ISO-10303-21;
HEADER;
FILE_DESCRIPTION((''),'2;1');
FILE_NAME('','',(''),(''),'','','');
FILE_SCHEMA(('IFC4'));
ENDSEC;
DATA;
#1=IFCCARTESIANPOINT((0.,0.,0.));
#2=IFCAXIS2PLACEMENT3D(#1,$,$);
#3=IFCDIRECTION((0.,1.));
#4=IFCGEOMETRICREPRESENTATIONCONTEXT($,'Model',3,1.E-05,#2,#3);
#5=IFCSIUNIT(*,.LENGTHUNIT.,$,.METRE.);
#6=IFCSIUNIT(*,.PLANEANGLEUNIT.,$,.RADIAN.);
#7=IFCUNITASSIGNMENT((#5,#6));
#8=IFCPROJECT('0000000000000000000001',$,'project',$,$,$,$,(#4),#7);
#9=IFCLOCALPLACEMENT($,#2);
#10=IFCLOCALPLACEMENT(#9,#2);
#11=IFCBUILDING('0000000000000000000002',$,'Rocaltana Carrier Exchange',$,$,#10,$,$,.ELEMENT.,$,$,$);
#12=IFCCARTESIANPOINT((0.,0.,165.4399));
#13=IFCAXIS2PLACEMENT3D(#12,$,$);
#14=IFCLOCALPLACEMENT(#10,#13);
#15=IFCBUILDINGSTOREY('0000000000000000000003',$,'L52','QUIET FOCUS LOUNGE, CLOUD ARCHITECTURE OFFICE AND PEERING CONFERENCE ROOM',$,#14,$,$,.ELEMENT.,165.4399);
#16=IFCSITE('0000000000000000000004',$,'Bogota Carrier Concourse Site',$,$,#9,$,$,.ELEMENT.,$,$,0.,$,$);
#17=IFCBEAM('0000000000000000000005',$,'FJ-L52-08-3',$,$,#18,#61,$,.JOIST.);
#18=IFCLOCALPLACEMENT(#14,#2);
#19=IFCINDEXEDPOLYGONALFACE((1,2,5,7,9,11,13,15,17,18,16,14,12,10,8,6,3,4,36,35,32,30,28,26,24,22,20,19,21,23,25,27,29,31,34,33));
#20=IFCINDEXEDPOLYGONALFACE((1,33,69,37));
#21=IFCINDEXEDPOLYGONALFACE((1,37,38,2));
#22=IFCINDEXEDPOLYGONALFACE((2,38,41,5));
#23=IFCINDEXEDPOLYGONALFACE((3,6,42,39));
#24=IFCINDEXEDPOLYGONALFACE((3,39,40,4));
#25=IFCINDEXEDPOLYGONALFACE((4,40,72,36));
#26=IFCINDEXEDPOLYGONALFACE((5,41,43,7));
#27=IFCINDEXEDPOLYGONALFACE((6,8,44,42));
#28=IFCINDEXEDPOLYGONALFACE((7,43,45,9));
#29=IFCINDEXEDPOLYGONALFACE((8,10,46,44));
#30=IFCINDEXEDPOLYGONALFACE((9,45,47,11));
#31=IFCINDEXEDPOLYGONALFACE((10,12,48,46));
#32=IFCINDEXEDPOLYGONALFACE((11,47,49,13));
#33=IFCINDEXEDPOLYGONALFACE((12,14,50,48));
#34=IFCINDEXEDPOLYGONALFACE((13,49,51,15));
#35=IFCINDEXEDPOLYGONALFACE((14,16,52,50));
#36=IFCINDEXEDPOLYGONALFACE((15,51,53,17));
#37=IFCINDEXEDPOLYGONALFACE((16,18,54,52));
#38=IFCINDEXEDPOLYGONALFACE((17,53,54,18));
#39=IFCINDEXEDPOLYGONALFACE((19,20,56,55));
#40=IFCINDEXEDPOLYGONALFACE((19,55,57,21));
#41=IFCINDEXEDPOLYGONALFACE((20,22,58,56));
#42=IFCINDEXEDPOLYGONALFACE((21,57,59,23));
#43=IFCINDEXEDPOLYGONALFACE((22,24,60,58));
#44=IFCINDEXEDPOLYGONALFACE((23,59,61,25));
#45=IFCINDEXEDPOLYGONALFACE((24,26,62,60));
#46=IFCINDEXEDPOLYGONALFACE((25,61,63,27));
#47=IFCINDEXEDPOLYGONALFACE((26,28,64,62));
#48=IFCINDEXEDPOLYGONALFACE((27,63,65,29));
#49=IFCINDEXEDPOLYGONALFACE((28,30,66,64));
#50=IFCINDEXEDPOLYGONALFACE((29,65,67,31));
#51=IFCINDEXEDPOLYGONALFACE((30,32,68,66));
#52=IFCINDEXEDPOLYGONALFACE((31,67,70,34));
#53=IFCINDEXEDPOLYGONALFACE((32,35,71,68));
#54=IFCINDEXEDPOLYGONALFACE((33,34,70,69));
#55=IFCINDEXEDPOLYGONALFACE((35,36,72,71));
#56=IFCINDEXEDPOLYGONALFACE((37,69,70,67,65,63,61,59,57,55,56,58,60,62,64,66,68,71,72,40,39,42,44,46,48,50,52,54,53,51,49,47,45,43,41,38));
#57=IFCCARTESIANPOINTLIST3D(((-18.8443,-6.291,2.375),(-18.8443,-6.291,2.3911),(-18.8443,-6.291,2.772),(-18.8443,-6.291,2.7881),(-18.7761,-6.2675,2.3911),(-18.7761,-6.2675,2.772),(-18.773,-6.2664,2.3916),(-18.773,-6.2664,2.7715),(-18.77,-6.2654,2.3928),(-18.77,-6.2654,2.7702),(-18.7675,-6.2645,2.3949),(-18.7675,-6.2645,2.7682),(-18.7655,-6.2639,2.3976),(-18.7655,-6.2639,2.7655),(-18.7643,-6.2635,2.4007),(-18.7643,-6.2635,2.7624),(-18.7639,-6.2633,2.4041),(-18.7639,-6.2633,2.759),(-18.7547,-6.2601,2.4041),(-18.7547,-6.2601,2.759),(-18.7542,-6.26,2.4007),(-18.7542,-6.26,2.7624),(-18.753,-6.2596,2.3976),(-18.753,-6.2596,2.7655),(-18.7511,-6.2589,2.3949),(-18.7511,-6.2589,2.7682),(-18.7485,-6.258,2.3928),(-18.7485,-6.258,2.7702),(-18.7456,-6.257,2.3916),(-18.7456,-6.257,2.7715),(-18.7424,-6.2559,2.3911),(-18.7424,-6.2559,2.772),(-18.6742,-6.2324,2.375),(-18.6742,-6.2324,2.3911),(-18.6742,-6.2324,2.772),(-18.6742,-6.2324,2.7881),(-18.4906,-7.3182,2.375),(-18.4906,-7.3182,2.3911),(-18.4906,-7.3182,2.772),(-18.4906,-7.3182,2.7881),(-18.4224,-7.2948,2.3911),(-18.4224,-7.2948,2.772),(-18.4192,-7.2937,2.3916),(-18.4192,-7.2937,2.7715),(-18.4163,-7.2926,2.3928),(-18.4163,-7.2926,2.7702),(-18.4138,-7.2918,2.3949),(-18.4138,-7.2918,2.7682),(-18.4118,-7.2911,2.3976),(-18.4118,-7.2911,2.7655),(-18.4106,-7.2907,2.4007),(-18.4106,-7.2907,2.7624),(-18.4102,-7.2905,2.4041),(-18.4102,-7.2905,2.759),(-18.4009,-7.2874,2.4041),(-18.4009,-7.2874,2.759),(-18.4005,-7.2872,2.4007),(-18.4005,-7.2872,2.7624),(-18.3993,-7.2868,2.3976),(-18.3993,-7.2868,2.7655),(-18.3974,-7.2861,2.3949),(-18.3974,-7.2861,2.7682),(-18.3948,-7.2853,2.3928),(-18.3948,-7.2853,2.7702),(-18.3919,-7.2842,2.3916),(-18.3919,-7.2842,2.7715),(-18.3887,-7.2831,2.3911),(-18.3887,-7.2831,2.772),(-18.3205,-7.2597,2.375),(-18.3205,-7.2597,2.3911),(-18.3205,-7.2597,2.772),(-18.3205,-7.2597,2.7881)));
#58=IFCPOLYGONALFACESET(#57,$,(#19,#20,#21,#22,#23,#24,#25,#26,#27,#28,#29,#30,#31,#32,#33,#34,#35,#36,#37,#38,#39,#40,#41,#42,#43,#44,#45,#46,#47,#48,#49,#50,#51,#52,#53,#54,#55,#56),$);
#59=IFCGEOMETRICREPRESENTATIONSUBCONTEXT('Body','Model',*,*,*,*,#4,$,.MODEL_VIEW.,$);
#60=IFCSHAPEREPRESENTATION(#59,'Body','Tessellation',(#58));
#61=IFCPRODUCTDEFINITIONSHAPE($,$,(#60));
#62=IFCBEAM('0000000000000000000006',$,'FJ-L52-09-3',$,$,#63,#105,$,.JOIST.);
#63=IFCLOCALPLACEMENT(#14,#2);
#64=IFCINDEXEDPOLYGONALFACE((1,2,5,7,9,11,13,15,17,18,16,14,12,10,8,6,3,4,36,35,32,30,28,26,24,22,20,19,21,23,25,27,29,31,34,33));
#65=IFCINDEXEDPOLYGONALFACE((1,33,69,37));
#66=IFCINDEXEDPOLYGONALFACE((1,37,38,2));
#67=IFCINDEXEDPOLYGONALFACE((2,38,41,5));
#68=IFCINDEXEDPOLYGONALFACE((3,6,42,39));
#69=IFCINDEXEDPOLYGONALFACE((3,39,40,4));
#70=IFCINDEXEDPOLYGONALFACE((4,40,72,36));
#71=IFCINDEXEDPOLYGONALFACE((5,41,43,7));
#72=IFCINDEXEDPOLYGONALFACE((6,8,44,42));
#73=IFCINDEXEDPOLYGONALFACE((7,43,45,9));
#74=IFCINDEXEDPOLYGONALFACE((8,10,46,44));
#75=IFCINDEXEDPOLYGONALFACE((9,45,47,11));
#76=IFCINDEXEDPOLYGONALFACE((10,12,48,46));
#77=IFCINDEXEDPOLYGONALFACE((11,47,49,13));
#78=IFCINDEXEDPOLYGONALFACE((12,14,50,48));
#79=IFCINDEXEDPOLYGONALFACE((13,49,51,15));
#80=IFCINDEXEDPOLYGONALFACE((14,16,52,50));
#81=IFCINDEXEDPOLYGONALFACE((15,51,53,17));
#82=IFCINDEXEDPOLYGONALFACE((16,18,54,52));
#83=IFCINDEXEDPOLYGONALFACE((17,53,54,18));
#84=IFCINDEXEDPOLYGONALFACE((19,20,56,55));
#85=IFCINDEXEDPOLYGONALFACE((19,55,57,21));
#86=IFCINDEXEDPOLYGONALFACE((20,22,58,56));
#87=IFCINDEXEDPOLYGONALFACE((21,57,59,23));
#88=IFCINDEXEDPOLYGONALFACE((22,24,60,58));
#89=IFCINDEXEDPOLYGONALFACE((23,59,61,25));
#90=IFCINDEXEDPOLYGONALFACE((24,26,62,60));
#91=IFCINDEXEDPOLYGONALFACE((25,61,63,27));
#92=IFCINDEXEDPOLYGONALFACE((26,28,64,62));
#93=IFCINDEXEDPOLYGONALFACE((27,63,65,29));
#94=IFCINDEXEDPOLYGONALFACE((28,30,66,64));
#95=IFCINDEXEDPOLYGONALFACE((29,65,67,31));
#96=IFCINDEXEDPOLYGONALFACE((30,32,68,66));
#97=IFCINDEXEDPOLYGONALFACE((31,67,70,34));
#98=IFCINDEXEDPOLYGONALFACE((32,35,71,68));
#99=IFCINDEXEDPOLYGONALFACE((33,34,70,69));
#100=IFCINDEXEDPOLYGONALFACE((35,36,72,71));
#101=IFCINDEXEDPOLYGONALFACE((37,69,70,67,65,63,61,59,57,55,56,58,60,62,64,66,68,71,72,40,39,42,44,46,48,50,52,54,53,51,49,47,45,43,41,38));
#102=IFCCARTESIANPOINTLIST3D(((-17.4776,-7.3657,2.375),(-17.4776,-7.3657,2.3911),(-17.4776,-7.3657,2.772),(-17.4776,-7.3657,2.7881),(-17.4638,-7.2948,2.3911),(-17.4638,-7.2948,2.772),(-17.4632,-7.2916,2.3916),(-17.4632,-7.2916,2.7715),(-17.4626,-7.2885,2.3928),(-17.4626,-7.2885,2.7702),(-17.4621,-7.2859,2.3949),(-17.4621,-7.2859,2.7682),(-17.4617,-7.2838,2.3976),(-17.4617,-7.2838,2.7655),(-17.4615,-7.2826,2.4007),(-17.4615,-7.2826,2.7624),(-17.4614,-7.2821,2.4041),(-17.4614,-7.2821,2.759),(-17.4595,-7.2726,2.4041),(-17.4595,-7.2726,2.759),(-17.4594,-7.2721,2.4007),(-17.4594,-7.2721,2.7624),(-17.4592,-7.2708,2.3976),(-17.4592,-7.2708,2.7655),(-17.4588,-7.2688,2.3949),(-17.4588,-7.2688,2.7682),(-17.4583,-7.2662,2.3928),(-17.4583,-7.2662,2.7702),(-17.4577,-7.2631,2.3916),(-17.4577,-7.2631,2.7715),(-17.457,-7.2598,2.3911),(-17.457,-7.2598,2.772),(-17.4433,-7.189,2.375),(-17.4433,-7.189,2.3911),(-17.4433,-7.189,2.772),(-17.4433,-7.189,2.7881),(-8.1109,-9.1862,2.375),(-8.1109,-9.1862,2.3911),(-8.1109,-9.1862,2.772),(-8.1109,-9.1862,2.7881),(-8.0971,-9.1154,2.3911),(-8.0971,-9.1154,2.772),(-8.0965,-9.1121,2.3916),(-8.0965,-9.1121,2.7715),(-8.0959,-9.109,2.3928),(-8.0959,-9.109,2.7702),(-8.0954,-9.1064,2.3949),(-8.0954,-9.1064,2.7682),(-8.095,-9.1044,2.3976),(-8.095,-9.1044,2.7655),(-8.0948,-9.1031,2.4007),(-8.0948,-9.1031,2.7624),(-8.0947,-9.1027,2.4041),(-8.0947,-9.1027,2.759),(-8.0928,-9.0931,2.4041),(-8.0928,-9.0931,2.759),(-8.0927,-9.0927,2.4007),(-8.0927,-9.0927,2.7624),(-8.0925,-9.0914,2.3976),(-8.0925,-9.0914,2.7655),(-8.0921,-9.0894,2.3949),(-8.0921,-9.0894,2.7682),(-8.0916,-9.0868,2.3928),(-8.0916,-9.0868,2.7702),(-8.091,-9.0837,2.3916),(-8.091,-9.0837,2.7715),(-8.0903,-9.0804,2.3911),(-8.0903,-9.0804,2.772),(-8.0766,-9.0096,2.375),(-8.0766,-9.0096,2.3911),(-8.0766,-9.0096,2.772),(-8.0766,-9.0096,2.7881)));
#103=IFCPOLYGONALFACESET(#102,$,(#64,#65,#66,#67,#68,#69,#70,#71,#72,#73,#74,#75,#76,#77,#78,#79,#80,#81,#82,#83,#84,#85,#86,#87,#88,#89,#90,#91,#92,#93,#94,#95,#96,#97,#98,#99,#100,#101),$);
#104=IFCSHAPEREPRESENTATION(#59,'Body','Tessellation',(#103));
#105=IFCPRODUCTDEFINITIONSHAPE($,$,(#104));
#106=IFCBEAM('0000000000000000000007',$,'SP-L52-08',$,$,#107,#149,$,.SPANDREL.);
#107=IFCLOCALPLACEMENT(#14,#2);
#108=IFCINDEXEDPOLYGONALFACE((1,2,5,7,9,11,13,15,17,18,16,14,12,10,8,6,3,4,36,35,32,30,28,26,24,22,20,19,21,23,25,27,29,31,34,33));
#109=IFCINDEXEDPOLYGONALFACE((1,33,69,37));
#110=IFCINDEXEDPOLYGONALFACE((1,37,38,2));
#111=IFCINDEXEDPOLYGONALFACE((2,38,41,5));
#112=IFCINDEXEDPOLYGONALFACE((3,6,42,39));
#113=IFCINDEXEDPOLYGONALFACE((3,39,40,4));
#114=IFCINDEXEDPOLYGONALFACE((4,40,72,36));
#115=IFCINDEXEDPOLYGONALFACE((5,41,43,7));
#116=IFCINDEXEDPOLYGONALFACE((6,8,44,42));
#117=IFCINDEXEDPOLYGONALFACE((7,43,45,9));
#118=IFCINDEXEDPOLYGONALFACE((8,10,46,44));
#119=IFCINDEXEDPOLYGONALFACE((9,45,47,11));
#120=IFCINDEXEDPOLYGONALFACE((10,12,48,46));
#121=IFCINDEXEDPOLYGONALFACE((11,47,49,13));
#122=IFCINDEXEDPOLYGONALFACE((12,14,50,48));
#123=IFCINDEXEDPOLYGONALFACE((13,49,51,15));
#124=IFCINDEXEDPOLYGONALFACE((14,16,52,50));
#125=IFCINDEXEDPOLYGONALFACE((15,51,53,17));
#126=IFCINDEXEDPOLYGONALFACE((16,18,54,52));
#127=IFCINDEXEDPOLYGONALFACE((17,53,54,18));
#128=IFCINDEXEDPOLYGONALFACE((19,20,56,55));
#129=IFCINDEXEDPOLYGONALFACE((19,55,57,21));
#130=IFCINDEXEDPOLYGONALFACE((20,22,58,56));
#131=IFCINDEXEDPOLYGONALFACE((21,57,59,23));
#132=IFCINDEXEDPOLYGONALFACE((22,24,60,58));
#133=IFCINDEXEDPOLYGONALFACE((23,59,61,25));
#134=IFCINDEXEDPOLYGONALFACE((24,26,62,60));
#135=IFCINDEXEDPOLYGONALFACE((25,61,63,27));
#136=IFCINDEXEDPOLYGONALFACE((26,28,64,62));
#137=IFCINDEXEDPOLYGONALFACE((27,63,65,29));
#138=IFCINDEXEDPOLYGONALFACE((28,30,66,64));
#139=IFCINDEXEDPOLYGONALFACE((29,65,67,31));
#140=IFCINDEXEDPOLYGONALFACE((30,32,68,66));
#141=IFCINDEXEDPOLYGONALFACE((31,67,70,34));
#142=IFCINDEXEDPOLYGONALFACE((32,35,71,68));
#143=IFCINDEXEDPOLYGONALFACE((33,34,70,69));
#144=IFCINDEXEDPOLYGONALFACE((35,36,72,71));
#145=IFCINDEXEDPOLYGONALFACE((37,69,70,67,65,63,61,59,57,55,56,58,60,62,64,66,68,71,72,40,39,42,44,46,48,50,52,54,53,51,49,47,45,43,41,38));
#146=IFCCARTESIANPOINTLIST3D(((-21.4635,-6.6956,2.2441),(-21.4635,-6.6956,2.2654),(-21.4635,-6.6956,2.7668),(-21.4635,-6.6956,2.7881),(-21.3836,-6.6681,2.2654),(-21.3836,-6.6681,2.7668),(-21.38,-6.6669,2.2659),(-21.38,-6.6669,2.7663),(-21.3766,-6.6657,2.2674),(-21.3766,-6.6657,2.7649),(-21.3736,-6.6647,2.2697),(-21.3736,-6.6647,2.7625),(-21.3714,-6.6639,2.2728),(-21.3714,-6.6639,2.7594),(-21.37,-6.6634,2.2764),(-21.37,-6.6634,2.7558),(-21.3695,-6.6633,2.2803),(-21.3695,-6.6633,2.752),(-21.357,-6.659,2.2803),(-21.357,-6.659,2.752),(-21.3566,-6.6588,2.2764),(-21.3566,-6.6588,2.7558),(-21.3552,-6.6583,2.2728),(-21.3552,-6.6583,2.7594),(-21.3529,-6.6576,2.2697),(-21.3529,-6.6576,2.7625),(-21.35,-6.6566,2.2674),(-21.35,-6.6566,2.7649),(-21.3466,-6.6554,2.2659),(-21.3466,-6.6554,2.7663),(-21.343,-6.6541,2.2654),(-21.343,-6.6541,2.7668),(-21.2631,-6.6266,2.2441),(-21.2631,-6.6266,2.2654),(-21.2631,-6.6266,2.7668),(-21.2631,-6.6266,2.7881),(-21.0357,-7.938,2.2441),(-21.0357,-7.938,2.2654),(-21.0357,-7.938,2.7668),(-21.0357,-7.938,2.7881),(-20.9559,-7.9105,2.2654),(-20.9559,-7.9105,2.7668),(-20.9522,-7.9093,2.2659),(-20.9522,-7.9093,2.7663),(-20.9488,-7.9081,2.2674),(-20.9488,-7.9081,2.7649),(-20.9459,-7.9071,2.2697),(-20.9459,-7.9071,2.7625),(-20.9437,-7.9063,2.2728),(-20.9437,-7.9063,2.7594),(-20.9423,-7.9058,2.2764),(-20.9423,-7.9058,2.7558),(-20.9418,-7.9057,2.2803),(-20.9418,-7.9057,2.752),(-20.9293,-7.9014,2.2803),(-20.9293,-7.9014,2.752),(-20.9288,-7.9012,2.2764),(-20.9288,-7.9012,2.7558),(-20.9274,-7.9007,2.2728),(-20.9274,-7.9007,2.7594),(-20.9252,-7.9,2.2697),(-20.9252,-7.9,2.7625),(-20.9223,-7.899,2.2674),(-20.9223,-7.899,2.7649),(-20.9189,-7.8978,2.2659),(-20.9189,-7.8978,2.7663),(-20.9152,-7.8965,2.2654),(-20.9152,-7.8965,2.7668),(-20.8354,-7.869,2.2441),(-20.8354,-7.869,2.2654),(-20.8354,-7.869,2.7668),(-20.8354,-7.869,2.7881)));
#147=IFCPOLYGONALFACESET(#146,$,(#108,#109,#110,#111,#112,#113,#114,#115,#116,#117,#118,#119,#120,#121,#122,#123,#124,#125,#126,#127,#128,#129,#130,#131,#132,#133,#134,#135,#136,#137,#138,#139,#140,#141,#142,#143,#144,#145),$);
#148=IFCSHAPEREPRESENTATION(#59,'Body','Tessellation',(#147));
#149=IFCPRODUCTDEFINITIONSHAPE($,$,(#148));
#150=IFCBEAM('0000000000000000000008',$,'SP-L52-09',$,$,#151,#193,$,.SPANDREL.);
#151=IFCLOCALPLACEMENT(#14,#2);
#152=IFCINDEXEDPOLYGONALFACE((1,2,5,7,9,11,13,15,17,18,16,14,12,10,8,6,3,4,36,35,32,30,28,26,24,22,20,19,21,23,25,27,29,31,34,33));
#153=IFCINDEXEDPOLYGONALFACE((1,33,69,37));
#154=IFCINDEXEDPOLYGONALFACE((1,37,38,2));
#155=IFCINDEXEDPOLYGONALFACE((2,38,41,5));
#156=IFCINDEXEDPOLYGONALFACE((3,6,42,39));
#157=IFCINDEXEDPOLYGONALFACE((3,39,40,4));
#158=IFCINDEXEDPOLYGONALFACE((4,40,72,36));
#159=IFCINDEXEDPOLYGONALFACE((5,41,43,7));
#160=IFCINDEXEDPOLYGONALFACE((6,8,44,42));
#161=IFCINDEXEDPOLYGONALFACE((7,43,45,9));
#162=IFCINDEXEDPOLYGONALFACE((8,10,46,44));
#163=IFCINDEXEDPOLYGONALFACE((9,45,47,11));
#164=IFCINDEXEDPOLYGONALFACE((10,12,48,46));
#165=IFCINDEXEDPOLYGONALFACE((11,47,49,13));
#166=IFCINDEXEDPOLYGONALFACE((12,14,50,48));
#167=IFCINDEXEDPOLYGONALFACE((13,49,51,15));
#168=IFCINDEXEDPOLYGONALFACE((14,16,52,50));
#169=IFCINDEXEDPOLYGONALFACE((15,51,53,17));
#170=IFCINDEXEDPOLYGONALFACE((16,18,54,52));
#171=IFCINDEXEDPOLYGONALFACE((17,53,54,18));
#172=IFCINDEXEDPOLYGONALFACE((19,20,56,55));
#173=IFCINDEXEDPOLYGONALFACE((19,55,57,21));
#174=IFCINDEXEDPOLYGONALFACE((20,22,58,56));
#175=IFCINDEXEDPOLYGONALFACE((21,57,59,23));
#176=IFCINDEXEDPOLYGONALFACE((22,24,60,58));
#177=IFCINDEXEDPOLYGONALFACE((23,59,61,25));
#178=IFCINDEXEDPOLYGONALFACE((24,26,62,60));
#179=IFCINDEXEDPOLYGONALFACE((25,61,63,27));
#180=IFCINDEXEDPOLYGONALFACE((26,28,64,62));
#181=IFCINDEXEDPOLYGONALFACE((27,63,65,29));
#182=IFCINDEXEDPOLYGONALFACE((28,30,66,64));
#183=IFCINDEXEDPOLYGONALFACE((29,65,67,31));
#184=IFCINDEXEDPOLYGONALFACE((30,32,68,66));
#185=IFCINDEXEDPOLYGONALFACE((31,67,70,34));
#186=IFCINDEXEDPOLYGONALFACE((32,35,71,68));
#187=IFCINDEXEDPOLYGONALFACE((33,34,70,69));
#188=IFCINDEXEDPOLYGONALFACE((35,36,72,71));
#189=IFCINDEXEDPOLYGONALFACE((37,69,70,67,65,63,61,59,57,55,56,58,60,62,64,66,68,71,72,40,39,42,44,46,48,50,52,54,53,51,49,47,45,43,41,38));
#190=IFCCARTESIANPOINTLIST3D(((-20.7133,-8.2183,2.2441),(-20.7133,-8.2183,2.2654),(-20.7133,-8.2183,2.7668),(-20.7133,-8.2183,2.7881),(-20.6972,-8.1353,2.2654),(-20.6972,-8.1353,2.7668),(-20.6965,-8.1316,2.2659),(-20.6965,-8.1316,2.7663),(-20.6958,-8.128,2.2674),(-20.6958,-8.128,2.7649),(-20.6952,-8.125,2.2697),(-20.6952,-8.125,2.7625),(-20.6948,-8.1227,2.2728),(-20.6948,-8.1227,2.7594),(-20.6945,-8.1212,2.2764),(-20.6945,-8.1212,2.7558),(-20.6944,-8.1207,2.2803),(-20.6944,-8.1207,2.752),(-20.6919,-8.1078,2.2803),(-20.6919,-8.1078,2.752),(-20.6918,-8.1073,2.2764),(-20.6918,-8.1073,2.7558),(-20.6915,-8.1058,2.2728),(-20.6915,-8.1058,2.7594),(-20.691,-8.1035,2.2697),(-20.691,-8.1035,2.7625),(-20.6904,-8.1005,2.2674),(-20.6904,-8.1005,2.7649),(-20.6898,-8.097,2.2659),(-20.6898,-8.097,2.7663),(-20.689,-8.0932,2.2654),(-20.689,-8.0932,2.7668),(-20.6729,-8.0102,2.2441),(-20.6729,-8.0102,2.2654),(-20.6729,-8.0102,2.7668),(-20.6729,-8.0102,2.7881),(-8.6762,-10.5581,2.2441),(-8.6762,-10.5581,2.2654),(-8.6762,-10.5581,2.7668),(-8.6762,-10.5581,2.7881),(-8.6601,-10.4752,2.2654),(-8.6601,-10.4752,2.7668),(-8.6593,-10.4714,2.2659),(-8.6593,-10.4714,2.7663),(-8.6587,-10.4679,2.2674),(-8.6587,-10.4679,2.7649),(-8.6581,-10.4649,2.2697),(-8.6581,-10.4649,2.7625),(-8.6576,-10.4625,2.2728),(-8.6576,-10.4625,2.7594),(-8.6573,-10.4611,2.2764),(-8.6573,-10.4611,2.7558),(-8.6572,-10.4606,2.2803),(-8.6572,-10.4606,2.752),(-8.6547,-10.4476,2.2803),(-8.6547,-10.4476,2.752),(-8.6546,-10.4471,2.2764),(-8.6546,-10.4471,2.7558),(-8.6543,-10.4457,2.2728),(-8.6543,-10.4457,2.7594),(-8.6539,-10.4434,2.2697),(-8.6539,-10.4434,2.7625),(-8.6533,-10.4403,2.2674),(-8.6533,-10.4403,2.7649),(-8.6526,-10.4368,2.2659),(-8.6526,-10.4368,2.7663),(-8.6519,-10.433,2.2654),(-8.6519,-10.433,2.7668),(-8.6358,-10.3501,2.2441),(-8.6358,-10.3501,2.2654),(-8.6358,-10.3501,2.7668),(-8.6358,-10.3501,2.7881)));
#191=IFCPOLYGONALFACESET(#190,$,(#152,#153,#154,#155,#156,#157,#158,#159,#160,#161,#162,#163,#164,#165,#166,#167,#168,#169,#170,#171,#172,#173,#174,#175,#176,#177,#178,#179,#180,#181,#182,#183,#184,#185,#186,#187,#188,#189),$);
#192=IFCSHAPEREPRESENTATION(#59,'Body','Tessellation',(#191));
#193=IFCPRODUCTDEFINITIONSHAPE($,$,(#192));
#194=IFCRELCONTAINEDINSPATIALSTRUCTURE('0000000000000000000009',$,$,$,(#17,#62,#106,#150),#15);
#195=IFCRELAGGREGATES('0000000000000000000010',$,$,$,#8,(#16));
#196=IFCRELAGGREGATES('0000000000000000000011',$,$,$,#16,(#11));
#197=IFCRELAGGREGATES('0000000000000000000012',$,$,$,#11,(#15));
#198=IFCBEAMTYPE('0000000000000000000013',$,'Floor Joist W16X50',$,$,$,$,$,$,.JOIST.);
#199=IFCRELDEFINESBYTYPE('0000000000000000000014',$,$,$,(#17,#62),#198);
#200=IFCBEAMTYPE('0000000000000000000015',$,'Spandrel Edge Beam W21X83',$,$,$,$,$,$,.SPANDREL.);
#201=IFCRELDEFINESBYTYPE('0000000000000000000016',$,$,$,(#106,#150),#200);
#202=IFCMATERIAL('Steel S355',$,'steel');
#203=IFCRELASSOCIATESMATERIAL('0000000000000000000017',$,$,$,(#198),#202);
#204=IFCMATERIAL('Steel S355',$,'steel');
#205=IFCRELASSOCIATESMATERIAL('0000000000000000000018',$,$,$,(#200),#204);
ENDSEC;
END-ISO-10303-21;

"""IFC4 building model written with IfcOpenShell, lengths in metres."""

from ifc_helpers import new_model, si_unit, direction, frame, origin, origin_2d, place, context, subcontext, project, spatial, i_section, extrude, material, material_profile, profile_set, type_object, element, save


model = new_model("IFC4")

# Units and contexts
model_context = context("Model", 3, precision=1e-05, world=origin(), true_north=direction((0.0, 1.0)))
body_context = subcontext(model_context, "Body", "Model", "MODEL_VIEW")
ifc_project = project(units=[si_unit("LENGTHUNIT", "METRE"), si_unit("PLANEANGLEUNIT", "RADIAN")], contexts=[model_context])

# Site, building, storey
site_placement = place(None, origin())
site = spatial("IfcSite", under=ifc_project, at=site_placement, Name="Bogota Carrier Concourse Site", CompositionType="ELEMENT", RefElevation=0.0)
building_placement = place(site_placement, origin())
building = spatial("IfcBuilding", under=site, at=building_placement, Name="Rocaltana Carrier Exchange", CompositionType="ELEMENT")
storey_placement = place(building_placement, frame((0.0, 0.0, 165.4399)))
storey = spatial("IfcBuildingStorey", under=building, at=storey_placement, Name="L52", Description="QUIET FOCUS LOUNGE, CLOUD ARCHITECTURE OFFICE AND PEERING CONFERENCE ROOM", CompositionType="ELEMENT", Elevation=165.4399)

# Beams
ifc_material_1 = material(Name="Steel S355", Category="steel")
ifc_material_profile_1 = material_profile(ifc_material_1, i_section(OverallWidth=0.1799, OverallDepth=0.4131, WebThickness=0.0098, FlangeThickness=0.0161, FilletRadius=0.0129, at=origin_2d()), Name="W16X50")
ifc_profile_set_1 = profile_set([ifc_material_profile_1], Name="Steel S355")
beam_type_1 = type_object("IfcBeamType", Name="Floor Joist W16X50", PredefinedType="JOIST", material=ifc_profile_set_1)
beam_1_placement = place(storey_placement, frame((-18.7593, -6.2617, 2.5815), z_axis=(0.325582, -0.945514, 0.0), x_axis=(0.945514, 0.325582, 0.0)))
element("IfcBeam", 1, at=beam_1_placement, inside=storey, type_object=beam_type_1, Name="FJ-L52-08-3", PredefinedType="JOIST", context=body_context, shape_type="SweptSolid", body=[
    extrude(i_section(OverallWidth=0.1799, OverallDepth=0.4131, WebThickness=0.0098, FlangeThickness=0.0161, FilletRadius=0.0129, at=origin_2d()), origin(), (0.0, 0.0, 1.0), 1.0864),
])
beam_2_placement = place(storey_placement, frame((-17.4604, -7.2773, 2.5815), z_axis=(0.98163, -0.190794, 0.0), x_axis=(0.190794, 0.98163, 0.0)))
element("IfcBeam", 2, at=beam_2_placement, inside=storey, type_object=beam_type_1, Name="FJ-L52-09-3", PredefinedType="JOIST", context=body_context, shape_type="SweptSolid", body=[
    extrude(i_section(OverallWidth=0.1799, OverallDepth=0.4131, WebThickness=0.0098, FlangeThickness=0.0161, FilletRadius=0.0129, at=origin_2d()), origin(), (0.0, 0.0, 1.0), 9.542),
])
ifc_material_2 = material(Name="Steel S355", Category="steel")
ifc_material_profile_2 = material_profile(ifc_material_2, i_section(OverallWidth=0.2119, OverallDepth=0.5439, WebThickness=0.0132, FlangeThickness=0.0212, FilletRadius=0.0149, at=origin_2d()), Name="W21X83")
ifc_profile_set_2 = profile_set([ifc_material_profile_2], Name="Steel S355")
beam_type_2 = type_object("IfcBeamType", Name="Spandrel Edge Beam W21X83", PredefinedType="SPANDREL", material=ifc_profile_set_2)
beam_3_placement = place(storey_placement, frame((-21.3633, -6.6611, 2.5161), z_axis=(0.325521, -0.945535, 0.0), x_axis=(0.945535, 0.325521, 0.0)))
element("IfcBeam", 3, at=beam_3_placement, inside=storey, type_object=beam_type_2, Name="SP-L52-08", PredefinedType="SPANDREL", context=body_context, shape_type="SweptSolid", body=[
    extrude(i_section(OverallWidth=0.2119, OverallDepth=0.5439, WebThickness=0.0132, FlangeThickness=0.0212, FilletRadius=0.0149, at=origin_2d()), origin(), (0.0, 0.0, 1.0), 1.314),
])
beam_4_placement = place(storey_placement, frame((-20.6931, -8.1143, 2.5161), z_axis=(0.981626, -0.190814, 0.0), x_axis=(0.190814, 0.981626, 0.0)))
element("IfcBeam", 4, at=beam_4_placement, inside=storey, type_object=beam_type_2, Name="SP-L52-09", PredefinedType="SPANDREL", context=body_context, shape_type="SweptSolid", body=[
    extrude(i_section(OverallWidth=0.2119, OverallDepth=0.5439, WebThickness=0.0132, FlangeThickness=0.0212, FilletRadius=0.0149, at=origin_2d()), origin(), (0.0, 0.0, 1.0), 12.2625),
])

save(model, "model.ifc")
